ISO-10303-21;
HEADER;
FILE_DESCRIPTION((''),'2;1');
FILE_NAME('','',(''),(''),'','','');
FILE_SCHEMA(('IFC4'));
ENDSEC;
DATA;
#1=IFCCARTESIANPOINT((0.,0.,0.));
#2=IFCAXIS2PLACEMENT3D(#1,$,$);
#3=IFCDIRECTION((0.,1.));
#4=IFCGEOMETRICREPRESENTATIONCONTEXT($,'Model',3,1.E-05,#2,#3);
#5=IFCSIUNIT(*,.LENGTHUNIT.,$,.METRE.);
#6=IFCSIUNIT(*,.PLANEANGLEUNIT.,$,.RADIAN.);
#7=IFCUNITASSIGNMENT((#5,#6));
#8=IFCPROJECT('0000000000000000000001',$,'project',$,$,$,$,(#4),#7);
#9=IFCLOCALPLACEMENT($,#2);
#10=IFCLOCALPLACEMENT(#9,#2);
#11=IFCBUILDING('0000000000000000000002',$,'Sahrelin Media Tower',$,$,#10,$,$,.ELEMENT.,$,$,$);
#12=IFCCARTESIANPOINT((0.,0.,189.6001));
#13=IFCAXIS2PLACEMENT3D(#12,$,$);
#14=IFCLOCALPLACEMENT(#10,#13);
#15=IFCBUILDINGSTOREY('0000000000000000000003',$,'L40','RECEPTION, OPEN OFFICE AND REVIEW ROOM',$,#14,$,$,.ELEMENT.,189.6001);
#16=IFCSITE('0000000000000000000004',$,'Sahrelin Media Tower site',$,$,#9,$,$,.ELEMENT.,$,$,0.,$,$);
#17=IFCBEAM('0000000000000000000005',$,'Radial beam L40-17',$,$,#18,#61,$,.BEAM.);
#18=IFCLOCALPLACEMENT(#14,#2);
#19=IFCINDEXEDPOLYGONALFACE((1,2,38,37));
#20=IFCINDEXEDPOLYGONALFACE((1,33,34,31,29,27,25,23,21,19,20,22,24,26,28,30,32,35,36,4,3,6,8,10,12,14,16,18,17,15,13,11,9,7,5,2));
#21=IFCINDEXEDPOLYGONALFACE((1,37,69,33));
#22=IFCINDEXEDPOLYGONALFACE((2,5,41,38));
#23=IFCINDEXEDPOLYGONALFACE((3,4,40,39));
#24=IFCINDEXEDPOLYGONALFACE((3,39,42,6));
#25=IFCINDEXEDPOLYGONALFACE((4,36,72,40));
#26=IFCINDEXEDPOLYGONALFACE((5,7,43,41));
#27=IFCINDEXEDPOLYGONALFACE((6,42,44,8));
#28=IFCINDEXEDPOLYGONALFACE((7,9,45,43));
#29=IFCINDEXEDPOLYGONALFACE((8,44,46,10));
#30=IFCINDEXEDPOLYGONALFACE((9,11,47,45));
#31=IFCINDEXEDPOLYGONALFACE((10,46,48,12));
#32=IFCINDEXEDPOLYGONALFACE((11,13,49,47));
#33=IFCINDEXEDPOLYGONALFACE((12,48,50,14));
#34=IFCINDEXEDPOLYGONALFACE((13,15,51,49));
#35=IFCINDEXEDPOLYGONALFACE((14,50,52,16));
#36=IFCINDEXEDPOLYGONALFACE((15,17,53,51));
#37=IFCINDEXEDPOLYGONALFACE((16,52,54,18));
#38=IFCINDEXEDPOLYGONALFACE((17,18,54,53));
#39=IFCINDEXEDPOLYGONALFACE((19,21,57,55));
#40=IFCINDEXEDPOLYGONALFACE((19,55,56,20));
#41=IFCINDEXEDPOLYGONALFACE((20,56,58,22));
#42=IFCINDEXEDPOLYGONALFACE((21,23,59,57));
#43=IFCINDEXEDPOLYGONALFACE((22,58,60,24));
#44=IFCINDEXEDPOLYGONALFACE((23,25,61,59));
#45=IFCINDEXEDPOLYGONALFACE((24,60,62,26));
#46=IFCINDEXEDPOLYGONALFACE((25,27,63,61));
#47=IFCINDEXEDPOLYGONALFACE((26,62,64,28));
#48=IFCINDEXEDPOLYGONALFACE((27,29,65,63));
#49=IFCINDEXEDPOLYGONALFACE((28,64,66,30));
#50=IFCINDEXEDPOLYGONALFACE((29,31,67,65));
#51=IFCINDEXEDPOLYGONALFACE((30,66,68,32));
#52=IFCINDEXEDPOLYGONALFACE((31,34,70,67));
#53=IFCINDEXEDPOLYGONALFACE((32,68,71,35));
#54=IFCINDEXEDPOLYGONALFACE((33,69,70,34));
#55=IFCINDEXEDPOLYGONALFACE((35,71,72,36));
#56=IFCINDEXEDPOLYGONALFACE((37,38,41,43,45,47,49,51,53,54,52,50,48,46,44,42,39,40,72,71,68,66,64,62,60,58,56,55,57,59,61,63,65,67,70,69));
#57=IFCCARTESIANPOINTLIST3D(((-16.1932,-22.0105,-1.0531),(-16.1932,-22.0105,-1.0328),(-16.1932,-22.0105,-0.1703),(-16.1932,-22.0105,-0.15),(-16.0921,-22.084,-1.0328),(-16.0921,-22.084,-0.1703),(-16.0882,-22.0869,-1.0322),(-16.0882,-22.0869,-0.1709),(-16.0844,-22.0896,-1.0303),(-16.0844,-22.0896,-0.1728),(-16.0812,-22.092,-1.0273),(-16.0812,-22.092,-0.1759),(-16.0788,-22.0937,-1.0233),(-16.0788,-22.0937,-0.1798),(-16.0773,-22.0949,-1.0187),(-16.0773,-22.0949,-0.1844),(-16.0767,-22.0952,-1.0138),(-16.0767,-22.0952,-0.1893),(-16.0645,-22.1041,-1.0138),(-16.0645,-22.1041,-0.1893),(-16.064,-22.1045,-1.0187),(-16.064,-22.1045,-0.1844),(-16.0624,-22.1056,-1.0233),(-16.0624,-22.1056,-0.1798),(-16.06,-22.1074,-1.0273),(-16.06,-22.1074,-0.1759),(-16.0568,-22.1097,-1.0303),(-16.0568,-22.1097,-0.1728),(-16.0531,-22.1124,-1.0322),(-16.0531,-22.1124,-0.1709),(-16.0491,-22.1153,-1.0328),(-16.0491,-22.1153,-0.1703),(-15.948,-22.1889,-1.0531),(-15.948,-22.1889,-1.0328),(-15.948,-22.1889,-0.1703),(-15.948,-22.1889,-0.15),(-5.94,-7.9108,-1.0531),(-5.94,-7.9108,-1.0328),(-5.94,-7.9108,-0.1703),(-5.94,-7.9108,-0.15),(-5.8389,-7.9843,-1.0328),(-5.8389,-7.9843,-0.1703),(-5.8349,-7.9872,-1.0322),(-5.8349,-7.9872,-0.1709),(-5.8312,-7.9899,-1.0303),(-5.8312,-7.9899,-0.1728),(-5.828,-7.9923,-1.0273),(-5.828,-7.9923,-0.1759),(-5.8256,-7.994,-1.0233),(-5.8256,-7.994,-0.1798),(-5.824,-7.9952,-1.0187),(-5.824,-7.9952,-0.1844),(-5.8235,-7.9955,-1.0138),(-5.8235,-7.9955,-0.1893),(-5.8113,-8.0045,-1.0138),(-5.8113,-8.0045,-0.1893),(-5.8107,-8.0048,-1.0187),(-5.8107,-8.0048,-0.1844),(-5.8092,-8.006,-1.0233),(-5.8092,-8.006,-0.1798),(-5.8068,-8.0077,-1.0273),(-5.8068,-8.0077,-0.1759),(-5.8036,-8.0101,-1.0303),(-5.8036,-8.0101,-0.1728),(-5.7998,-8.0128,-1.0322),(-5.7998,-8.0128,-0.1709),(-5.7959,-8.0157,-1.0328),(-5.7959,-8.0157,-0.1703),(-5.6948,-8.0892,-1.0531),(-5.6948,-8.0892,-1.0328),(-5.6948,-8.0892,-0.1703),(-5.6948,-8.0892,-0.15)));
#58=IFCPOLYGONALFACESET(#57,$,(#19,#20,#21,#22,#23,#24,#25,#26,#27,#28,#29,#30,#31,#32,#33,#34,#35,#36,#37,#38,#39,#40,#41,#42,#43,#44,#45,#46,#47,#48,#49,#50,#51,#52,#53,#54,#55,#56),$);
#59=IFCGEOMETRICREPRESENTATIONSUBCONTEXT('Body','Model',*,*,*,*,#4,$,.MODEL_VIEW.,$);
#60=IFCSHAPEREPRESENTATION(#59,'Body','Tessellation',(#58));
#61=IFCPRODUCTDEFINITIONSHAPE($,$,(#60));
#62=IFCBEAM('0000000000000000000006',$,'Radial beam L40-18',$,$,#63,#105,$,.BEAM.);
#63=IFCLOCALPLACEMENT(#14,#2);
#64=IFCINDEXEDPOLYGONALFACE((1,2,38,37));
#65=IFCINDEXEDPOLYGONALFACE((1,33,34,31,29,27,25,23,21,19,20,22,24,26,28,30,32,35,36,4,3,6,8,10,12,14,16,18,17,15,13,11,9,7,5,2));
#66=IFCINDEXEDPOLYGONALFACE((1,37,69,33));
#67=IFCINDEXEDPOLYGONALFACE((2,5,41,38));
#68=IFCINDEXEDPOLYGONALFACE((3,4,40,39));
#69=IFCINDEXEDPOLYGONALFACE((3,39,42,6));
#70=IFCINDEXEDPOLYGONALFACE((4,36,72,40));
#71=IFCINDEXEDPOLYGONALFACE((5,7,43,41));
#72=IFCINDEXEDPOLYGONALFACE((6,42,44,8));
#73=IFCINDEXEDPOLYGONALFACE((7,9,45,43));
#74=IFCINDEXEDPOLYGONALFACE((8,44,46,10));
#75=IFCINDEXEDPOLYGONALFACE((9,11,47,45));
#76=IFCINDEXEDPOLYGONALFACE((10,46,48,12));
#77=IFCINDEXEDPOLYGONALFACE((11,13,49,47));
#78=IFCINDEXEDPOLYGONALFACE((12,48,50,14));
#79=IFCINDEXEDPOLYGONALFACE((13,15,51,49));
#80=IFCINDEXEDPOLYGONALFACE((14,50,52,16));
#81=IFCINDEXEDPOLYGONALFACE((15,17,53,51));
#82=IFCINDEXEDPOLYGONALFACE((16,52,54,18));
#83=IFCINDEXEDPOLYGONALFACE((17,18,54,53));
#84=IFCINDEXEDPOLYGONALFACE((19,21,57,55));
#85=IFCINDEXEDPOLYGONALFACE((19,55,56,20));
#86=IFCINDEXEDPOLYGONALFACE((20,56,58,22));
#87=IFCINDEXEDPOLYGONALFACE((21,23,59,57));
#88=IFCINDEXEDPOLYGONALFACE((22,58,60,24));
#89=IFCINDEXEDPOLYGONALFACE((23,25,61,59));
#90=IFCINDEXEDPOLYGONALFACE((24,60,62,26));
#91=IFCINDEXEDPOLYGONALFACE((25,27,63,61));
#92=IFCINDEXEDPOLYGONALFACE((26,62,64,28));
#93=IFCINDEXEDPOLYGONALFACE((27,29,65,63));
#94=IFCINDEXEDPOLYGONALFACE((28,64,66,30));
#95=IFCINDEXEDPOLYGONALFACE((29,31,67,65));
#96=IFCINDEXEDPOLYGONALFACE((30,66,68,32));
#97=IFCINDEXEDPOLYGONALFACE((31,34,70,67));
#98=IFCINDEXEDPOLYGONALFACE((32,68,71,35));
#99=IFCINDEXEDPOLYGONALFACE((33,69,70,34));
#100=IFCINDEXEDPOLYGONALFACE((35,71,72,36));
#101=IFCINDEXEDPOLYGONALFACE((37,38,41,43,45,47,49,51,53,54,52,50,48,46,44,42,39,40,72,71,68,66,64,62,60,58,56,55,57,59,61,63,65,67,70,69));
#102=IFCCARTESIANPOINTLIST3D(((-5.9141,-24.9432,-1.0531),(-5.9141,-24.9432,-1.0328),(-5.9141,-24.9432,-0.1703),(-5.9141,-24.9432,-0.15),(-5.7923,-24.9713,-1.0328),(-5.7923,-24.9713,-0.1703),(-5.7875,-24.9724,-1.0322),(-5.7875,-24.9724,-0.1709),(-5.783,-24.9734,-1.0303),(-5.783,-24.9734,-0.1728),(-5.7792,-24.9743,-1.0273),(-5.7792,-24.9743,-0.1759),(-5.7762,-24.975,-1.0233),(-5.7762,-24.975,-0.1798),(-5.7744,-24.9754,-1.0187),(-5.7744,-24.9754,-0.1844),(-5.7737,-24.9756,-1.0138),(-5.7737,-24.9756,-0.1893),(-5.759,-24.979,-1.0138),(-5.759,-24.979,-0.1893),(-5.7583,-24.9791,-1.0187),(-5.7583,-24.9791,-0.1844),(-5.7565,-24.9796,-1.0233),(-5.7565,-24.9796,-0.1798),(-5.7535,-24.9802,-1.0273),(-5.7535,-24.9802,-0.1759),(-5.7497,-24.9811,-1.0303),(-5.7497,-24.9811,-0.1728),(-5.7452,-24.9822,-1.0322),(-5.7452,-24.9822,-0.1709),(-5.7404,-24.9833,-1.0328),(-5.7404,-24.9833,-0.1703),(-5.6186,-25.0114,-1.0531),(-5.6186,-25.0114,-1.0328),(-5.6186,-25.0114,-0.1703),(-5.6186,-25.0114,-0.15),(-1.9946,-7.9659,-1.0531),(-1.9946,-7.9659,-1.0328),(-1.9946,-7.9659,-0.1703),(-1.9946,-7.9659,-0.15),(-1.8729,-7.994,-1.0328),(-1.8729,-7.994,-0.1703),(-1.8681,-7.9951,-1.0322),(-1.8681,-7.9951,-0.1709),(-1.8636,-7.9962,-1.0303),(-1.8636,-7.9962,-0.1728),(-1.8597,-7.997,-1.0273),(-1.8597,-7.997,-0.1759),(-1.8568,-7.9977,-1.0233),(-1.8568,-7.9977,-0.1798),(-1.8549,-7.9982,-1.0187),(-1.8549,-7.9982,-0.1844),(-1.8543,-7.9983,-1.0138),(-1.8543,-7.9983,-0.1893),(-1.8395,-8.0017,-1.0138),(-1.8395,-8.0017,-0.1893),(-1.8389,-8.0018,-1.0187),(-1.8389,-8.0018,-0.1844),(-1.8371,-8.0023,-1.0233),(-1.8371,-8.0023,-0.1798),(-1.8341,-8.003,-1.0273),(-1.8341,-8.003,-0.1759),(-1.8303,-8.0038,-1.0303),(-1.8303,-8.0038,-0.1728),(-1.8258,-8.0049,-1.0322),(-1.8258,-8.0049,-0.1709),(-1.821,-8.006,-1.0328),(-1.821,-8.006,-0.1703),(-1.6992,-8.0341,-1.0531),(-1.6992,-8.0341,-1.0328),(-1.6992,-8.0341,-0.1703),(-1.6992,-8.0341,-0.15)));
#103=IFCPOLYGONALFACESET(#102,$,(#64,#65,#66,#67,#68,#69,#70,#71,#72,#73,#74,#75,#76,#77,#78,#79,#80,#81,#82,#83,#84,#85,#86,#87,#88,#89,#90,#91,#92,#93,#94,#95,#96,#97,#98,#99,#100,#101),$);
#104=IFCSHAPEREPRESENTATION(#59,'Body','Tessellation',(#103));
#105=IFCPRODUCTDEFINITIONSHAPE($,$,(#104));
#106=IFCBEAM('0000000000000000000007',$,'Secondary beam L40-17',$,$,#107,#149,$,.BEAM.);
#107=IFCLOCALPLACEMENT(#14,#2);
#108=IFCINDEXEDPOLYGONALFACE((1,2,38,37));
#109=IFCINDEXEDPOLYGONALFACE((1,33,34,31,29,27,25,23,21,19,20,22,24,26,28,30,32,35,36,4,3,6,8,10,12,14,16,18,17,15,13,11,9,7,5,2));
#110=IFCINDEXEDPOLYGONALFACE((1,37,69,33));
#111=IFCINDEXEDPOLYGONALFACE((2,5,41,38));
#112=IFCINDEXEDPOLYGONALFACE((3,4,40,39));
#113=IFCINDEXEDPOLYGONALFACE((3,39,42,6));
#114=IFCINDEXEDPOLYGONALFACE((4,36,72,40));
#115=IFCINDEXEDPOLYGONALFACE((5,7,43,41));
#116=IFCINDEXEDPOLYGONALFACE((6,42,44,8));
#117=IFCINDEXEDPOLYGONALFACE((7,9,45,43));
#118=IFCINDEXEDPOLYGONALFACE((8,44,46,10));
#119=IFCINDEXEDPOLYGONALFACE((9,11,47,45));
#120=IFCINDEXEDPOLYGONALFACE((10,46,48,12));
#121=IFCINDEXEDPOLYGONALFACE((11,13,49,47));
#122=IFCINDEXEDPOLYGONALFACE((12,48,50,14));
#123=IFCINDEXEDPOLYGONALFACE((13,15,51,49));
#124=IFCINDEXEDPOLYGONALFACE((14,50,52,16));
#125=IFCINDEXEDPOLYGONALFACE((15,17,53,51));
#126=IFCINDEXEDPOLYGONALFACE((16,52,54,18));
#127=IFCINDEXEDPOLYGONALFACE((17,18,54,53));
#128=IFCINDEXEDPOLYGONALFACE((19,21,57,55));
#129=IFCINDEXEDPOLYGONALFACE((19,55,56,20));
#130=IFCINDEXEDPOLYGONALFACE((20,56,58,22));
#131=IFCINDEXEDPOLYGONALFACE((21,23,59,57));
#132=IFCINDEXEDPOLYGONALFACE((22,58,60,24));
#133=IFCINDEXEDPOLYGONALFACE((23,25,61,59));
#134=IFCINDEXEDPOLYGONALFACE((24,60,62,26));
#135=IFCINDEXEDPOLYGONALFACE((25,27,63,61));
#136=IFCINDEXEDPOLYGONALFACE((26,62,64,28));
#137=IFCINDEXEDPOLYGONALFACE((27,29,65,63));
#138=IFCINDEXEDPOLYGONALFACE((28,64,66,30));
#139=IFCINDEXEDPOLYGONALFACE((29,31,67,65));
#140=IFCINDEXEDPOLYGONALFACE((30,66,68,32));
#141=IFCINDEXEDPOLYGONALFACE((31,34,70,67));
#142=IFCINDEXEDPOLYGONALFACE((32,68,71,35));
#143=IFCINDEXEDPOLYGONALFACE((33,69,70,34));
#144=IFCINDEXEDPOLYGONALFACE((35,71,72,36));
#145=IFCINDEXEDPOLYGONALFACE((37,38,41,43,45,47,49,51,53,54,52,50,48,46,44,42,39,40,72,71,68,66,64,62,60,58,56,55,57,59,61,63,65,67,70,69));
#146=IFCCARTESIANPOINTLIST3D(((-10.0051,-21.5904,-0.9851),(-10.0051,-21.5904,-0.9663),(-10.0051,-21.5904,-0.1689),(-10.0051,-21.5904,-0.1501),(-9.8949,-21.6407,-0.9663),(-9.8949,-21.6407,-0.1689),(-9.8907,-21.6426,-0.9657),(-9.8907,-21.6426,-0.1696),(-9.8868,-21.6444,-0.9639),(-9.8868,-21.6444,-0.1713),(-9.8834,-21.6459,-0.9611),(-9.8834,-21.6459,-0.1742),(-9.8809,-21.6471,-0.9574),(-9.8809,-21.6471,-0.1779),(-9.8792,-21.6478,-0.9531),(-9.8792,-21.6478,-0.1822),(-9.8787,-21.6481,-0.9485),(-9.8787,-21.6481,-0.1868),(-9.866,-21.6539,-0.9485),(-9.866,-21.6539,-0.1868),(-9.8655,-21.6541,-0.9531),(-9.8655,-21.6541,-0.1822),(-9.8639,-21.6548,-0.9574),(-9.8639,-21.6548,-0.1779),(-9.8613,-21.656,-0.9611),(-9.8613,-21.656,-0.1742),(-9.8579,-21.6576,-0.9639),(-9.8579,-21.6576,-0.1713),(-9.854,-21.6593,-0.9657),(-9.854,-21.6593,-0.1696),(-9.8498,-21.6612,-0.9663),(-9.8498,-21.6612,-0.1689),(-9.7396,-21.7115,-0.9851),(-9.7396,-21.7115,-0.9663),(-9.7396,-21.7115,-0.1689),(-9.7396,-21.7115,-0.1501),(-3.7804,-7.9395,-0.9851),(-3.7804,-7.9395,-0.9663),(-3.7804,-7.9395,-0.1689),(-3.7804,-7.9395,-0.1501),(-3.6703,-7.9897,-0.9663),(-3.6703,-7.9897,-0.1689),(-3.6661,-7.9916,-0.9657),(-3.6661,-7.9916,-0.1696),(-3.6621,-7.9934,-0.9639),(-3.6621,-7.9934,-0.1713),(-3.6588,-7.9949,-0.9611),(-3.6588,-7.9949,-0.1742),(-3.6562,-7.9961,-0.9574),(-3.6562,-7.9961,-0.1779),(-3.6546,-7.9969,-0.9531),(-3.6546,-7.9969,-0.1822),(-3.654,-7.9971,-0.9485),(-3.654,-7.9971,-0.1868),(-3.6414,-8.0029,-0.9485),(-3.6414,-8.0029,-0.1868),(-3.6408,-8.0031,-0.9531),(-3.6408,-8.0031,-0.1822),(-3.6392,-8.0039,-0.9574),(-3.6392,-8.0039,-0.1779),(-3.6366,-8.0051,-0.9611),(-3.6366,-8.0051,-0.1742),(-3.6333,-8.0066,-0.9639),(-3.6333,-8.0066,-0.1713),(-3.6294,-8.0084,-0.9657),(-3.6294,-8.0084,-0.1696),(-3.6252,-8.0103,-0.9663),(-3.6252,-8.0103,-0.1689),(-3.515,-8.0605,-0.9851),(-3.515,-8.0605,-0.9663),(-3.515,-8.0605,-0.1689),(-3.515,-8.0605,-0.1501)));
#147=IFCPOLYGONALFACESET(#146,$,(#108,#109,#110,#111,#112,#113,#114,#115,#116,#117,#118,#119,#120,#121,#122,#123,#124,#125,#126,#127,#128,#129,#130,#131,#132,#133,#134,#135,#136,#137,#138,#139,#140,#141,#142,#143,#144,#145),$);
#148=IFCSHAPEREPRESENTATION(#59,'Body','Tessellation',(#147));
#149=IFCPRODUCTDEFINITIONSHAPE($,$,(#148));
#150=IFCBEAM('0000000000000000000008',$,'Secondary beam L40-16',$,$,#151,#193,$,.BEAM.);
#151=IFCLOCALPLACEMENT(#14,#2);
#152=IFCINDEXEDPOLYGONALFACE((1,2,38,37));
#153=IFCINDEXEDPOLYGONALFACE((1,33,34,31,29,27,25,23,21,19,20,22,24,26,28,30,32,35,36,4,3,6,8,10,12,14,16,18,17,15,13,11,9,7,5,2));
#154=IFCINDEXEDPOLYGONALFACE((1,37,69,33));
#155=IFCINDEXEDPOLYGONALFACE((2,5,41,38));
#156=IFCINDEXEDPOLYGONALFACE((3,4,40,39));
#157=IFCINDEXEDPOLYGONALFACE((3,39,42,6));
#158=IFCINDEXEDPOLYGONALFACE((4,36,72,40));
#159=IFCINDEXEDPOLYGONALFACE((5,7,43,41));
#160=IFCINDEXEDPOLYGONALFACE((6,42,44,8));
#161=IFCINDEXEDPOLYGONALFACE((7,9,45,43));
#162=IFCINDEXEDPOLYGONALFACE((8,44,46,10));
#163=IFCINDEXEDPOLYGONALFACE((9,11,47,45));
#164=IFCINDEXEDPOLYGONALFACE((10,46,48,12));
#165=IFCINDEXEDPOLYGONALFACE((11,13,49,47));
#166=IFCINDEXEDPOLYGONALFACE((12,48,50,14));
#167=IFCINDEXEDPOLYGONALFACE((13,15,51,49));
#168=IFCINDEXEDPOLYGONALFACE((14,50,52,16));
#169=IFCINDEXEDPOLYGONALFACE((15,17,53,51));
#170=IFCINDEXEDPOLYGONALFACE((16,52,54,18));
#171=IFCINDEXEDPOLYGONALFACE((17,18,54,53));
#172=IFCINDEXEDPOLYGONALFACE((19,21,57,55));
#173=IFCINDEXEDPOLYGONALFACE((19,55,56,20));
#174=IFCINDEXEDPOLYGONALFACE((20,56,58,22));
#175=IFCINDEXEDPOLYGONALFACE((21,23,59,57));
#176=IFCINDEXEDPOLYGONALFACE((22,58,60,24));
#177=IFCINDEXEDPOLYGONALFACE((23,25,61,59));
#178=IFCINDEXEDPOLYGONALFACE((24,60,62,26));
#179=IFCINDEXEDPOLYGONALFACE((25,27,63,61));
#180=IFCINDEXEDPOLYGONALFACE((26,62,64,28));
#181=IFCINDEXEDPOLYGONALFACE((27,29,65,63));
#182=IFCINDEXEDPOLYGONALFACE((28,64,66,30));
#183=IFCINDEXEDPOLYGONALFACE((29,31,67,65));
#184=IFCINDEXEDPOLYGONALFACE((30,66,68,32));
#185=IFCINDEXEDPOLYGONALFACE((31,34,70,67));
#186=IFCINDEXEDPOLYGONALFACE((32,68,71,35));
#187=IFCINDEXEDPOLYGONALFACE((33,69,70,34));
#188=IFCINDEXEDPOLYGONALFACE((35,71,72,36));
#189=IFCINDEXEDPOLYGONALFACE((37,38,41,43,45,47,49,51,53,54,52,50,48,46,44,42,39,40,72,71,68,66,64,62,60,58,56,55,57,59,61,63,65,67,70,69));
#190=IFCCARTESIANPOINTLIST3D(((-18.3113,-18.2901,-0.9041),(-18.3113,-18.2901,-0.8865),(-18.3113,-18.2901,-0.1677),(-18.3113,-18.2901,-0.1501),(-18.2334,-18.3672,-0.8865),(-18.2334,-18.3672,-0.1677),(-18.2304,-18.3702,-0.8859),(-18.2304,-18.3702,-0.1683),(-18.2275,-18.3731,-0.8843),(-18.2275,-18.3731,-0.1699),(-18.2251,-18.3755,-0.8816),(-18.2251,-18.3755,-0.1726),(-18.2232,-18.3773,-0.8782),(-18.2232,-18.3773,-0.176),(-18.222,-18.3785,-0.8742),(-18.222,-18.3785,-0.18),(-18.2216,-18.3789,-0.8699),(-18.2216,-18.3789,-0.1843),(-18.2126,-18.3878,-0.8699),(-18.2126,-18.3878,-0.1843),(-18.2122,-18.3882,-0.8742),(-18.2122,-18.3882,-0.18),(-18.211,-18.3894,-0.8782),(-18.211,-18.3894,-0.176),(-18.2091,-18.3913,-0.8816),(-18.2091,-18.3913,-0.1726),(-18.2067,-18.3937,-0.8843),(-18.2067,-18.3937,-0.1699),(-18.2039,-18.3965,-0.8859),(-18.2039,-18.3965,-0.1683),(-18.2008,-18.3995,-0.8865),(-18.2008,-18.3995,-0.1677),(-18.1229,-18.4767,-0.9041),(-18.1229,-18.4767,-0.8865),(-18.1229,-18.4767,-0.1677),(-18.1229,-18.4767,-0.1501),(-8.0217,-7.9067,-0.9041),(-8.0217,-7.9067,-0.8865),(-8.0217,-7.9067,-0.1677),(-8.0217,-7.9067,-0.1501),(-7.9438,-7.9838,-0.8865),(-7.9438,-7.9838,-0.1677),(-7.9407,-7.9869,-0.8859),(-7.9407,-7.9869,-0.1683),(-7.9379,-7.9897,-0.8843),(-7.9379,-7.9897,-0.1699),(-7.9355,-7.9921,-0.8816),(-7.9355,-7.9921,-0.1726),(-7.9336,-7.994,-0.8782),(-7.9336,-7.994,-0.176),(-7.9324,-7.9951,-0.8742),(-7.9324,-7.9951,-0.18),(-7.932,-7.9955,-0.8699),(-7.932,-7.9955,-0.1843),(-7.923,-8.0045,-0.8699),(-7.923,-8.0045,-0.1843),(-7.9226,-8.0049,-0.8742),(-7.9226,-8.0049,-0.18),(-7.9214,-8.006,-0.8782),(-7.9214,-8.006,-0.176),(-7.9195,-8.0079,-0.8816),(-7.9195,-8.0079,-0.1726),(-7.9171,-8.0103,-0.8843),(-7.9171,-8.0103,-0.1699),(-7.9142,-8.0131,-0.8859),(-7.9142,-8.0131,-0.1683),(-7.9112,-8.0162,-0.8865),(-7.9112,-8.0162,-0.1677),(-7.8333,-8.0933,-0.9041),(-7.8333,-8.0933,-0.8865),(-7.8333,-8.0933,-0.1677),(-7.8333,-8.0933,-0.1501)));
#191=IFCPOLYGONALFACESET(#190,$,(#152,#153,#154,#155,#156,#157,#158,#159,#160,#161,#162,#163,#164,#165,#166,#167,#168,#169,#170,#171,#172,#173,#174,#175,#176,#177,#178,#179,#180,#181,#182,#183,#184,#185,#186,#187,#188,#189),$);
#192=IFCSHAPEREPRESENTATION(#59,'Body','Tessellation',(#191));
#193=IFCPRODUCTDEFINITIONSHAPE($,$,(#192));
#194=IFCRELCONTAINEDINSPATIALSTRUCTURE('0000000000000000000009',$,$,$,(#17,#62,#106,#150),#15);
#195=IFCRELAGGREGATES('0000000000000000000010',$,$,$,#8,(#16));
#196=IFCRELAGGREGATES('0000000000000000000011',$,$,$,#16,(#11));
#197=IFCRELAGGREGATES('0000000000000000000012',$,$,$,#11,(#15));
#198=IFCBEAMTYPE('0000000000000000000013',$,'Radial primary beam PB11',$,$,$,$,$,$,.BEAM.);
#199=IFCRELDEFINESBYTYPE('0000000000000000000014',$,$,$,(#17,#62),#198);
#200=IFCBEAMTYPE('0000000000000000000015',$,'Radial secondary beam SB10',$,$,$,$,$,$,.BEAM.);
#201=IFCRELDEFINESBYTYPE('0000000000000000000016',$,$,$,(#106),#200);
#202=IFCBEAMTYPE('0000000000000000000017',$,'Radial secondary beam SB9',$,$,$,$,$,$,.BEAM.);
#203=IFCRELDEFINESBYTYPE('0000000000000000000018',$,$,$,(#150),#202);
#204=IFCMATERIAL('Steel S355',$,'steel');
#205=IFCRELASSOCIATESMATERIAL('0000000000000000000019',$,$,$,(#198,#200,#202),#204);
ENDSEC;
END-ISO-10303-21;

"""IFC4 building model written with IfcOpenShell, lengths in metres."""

from ifc_helpers import new_model, si_unit, direction, frame, origin, origin_2d, place, context, subcontext, project, spatial, i_section, extrude, material, material_profile, profile_set, type_object, element, save


model = new_model("IFC4")

# Units and contexts
model_context = context("Model", 3, precision=1e-05, world=origin(), true_north=direction((0.0, 1.0)))
body_context = subcontext(model_context, "Body", "Model", "MODEL_VIEW")
ifc_project = project(units=[si_unit("LENGTHUNIT", "METRE"), si_unit("PLANEANGLEUNIT", "RADIAN")], contexts=[model_context])

# Site, building, storey
site_placement = place(None, origin())
site = spatial("IfcSite", under=ifc_project, at=site_placement, Name="Sahrelin Media Tower site", CompositionType="ELEMENT", RefElevation=0.0)
building_placement = place(site_placement, origin())
building = spatial("IfcBuilding", under=site, at=building_placement, Name="Sahrelin Media Tower", CompositionType="ELEMENT")
storey_placement = place(building_placement, frame((0.0, 0.0, 189.6001)))
storey = spatial("IfcBuildingStorey", under=building, at=storey_placement, Name="L40", Description="RECEPTION, OPEN OFFICE AND REVIEW ROOM", CompositionType="ELEMENT", Elevation=189.6001)

# Beams
ifc_material_1 = material(Name="Steel S355", Category="steel")
ifc_material_profile_1 = material_profile(ifc_material_1, i_section(OverallWidth=0.3032, OverallDepth=0.9031, WebThickness=0.0151, FlangeThickness=0.0203, FilletRadius=0.019, at=origin_2d()), Name="UB 914x305x201")
ifc_profile_set_1 = profile_set([ifc_material_profile_1], Name="Steel S355")
beam_type_1 = type_object("IfcBeamType", Name="Radial primary beam PB11", PredefinedType="BEAM", material=ifc_profile_set_1)
beam_1_placement = place(storey_placement, frame((-5.8174, -8.0, -0.6016), z_axis=(-0.588131, -0.808766, 0.0), x_axis=(0.808766, -0.588131, 0.0)))
element("IfcBeam", 1, at=beam_1_placement, inside=storey, type_object=beam_type_1, Name="Radial beam L40-17", PredefinedType="BEAM", context=body_context, shape_type="SweptSolid", body=[
    extrude(i_section(OverallWidth=0.3032, OverallDepth=0.9031, WebThickness=0.0151, FlangeThickness=0.0203, FilletRadius=0.019, at=origin_2d()), origin(), (0.0, 0.0, 1.0), 17.4336),
])
beam_2_placement = place(storey_placement, frame((-1.8469, -8.0, -0.6016), z_axis=(-0.224946, -0.974371, 0.0), x_axis=(0.974371, -0.224946, 0.0)))
element("IfcBeam", 2, at=beam_2_placement, inside=storey, type_object=beam_type_1, Name="Radial beam L40-18", PredefinedType="BEAM", context=body_context, shape_type="SweptSolid", body=[
    extrude(i_section(OverallWidth=0.3032, OverallDepth=0.9031, WebThickness=0.0151, FlangeThickness=0.0203, FilletRadius=0.019, at=origin_2d()), origin(), (0.0, 0.0, 1.0), 17.4238),
])
ifc_material_profile_2 = material_profile(ifc_material_1, i_section(OverallWidth=0.2917, OverallDepth=0.835, WebThickness=0.0139, FlangeThickness=0.0188, FilletRadius=0.0178, at=origin_2d()), Name="UB 838x292x176")
ifc_profile_set_2 = profile_set([ifc_material_profile_2], Name="Steel S355")
beam_type_2 = type_object("IfcBeamType", Name="Radial secondary beam SB10", PredefinedType="BEAM", material=ifc_profile_set_2)
beam_3_placement = place(storey_placement, frame((-3.6477, -8.0, -0.5676), z_axis=(-0.414889, -0.909872, 0.0), x_axis=(0.909872, -0.414889, 0.0)))
element("IfcBeam", 3, at=beam_3_placement, inside=storey, type_object=beam_type_2, Name="Secondary beam L40-17", PredefinedType="BEAM", context=body_context, shape_type="SweptSolid", body=[
    extrude(i_section(OverallWidth=0.2917, OverallDepth=0.835, WebThickness=0.0139, FlangeThickness=0.0188, FilletRadius=0.0178, at=origin_2d()), origin(), (0.0, 0.0, 1.0), 15.0032),
])
ifc_material_profile_3 = material_profile(ifc_material_1, i_section(OverallWidth=0.2651, OverallDepth=0.7539, WebThickness=0.0127, FlangeThickness=0.0176, FilletRadius=0.0166, at=origin_2d()), Name="UB 762x267x147")
ifc_profile_set_3 = profile_set([ifc_material_profile_3], Name="Steel S355")
beam_type_3 = type_object("IfcBeamType", Name="Radial secondary beam SB9", PredefinedType="BEAM", material=ifc_profile_set_3)
beam_4_placement = place(storey_placement, frame((-7.9275, -8.0, -0.5271), z_axis=(-0.703893, -0.710306, 0.0), x_axis=(0.710306, -0.703893, 0.0)))
element("IfcBeam", 4, at=beam_4_placement, inside=storey, type_object=beam_type_3, Name="Secondary beam L40-16", PredefinedType="BEAM", context=body_context, shape_type="SweptSolid", body=[
    extrude(i_section(OverallWidth=0.2651, OverallDepth=0.7539, WebThickness=0.0127, FlangeThickness=0.0176, FilletRadius=0.0166, at=origin_2d()), origin(), (0.0, 0.0, 1.0), 14.6182),
])

save(model, "model.ifc")
